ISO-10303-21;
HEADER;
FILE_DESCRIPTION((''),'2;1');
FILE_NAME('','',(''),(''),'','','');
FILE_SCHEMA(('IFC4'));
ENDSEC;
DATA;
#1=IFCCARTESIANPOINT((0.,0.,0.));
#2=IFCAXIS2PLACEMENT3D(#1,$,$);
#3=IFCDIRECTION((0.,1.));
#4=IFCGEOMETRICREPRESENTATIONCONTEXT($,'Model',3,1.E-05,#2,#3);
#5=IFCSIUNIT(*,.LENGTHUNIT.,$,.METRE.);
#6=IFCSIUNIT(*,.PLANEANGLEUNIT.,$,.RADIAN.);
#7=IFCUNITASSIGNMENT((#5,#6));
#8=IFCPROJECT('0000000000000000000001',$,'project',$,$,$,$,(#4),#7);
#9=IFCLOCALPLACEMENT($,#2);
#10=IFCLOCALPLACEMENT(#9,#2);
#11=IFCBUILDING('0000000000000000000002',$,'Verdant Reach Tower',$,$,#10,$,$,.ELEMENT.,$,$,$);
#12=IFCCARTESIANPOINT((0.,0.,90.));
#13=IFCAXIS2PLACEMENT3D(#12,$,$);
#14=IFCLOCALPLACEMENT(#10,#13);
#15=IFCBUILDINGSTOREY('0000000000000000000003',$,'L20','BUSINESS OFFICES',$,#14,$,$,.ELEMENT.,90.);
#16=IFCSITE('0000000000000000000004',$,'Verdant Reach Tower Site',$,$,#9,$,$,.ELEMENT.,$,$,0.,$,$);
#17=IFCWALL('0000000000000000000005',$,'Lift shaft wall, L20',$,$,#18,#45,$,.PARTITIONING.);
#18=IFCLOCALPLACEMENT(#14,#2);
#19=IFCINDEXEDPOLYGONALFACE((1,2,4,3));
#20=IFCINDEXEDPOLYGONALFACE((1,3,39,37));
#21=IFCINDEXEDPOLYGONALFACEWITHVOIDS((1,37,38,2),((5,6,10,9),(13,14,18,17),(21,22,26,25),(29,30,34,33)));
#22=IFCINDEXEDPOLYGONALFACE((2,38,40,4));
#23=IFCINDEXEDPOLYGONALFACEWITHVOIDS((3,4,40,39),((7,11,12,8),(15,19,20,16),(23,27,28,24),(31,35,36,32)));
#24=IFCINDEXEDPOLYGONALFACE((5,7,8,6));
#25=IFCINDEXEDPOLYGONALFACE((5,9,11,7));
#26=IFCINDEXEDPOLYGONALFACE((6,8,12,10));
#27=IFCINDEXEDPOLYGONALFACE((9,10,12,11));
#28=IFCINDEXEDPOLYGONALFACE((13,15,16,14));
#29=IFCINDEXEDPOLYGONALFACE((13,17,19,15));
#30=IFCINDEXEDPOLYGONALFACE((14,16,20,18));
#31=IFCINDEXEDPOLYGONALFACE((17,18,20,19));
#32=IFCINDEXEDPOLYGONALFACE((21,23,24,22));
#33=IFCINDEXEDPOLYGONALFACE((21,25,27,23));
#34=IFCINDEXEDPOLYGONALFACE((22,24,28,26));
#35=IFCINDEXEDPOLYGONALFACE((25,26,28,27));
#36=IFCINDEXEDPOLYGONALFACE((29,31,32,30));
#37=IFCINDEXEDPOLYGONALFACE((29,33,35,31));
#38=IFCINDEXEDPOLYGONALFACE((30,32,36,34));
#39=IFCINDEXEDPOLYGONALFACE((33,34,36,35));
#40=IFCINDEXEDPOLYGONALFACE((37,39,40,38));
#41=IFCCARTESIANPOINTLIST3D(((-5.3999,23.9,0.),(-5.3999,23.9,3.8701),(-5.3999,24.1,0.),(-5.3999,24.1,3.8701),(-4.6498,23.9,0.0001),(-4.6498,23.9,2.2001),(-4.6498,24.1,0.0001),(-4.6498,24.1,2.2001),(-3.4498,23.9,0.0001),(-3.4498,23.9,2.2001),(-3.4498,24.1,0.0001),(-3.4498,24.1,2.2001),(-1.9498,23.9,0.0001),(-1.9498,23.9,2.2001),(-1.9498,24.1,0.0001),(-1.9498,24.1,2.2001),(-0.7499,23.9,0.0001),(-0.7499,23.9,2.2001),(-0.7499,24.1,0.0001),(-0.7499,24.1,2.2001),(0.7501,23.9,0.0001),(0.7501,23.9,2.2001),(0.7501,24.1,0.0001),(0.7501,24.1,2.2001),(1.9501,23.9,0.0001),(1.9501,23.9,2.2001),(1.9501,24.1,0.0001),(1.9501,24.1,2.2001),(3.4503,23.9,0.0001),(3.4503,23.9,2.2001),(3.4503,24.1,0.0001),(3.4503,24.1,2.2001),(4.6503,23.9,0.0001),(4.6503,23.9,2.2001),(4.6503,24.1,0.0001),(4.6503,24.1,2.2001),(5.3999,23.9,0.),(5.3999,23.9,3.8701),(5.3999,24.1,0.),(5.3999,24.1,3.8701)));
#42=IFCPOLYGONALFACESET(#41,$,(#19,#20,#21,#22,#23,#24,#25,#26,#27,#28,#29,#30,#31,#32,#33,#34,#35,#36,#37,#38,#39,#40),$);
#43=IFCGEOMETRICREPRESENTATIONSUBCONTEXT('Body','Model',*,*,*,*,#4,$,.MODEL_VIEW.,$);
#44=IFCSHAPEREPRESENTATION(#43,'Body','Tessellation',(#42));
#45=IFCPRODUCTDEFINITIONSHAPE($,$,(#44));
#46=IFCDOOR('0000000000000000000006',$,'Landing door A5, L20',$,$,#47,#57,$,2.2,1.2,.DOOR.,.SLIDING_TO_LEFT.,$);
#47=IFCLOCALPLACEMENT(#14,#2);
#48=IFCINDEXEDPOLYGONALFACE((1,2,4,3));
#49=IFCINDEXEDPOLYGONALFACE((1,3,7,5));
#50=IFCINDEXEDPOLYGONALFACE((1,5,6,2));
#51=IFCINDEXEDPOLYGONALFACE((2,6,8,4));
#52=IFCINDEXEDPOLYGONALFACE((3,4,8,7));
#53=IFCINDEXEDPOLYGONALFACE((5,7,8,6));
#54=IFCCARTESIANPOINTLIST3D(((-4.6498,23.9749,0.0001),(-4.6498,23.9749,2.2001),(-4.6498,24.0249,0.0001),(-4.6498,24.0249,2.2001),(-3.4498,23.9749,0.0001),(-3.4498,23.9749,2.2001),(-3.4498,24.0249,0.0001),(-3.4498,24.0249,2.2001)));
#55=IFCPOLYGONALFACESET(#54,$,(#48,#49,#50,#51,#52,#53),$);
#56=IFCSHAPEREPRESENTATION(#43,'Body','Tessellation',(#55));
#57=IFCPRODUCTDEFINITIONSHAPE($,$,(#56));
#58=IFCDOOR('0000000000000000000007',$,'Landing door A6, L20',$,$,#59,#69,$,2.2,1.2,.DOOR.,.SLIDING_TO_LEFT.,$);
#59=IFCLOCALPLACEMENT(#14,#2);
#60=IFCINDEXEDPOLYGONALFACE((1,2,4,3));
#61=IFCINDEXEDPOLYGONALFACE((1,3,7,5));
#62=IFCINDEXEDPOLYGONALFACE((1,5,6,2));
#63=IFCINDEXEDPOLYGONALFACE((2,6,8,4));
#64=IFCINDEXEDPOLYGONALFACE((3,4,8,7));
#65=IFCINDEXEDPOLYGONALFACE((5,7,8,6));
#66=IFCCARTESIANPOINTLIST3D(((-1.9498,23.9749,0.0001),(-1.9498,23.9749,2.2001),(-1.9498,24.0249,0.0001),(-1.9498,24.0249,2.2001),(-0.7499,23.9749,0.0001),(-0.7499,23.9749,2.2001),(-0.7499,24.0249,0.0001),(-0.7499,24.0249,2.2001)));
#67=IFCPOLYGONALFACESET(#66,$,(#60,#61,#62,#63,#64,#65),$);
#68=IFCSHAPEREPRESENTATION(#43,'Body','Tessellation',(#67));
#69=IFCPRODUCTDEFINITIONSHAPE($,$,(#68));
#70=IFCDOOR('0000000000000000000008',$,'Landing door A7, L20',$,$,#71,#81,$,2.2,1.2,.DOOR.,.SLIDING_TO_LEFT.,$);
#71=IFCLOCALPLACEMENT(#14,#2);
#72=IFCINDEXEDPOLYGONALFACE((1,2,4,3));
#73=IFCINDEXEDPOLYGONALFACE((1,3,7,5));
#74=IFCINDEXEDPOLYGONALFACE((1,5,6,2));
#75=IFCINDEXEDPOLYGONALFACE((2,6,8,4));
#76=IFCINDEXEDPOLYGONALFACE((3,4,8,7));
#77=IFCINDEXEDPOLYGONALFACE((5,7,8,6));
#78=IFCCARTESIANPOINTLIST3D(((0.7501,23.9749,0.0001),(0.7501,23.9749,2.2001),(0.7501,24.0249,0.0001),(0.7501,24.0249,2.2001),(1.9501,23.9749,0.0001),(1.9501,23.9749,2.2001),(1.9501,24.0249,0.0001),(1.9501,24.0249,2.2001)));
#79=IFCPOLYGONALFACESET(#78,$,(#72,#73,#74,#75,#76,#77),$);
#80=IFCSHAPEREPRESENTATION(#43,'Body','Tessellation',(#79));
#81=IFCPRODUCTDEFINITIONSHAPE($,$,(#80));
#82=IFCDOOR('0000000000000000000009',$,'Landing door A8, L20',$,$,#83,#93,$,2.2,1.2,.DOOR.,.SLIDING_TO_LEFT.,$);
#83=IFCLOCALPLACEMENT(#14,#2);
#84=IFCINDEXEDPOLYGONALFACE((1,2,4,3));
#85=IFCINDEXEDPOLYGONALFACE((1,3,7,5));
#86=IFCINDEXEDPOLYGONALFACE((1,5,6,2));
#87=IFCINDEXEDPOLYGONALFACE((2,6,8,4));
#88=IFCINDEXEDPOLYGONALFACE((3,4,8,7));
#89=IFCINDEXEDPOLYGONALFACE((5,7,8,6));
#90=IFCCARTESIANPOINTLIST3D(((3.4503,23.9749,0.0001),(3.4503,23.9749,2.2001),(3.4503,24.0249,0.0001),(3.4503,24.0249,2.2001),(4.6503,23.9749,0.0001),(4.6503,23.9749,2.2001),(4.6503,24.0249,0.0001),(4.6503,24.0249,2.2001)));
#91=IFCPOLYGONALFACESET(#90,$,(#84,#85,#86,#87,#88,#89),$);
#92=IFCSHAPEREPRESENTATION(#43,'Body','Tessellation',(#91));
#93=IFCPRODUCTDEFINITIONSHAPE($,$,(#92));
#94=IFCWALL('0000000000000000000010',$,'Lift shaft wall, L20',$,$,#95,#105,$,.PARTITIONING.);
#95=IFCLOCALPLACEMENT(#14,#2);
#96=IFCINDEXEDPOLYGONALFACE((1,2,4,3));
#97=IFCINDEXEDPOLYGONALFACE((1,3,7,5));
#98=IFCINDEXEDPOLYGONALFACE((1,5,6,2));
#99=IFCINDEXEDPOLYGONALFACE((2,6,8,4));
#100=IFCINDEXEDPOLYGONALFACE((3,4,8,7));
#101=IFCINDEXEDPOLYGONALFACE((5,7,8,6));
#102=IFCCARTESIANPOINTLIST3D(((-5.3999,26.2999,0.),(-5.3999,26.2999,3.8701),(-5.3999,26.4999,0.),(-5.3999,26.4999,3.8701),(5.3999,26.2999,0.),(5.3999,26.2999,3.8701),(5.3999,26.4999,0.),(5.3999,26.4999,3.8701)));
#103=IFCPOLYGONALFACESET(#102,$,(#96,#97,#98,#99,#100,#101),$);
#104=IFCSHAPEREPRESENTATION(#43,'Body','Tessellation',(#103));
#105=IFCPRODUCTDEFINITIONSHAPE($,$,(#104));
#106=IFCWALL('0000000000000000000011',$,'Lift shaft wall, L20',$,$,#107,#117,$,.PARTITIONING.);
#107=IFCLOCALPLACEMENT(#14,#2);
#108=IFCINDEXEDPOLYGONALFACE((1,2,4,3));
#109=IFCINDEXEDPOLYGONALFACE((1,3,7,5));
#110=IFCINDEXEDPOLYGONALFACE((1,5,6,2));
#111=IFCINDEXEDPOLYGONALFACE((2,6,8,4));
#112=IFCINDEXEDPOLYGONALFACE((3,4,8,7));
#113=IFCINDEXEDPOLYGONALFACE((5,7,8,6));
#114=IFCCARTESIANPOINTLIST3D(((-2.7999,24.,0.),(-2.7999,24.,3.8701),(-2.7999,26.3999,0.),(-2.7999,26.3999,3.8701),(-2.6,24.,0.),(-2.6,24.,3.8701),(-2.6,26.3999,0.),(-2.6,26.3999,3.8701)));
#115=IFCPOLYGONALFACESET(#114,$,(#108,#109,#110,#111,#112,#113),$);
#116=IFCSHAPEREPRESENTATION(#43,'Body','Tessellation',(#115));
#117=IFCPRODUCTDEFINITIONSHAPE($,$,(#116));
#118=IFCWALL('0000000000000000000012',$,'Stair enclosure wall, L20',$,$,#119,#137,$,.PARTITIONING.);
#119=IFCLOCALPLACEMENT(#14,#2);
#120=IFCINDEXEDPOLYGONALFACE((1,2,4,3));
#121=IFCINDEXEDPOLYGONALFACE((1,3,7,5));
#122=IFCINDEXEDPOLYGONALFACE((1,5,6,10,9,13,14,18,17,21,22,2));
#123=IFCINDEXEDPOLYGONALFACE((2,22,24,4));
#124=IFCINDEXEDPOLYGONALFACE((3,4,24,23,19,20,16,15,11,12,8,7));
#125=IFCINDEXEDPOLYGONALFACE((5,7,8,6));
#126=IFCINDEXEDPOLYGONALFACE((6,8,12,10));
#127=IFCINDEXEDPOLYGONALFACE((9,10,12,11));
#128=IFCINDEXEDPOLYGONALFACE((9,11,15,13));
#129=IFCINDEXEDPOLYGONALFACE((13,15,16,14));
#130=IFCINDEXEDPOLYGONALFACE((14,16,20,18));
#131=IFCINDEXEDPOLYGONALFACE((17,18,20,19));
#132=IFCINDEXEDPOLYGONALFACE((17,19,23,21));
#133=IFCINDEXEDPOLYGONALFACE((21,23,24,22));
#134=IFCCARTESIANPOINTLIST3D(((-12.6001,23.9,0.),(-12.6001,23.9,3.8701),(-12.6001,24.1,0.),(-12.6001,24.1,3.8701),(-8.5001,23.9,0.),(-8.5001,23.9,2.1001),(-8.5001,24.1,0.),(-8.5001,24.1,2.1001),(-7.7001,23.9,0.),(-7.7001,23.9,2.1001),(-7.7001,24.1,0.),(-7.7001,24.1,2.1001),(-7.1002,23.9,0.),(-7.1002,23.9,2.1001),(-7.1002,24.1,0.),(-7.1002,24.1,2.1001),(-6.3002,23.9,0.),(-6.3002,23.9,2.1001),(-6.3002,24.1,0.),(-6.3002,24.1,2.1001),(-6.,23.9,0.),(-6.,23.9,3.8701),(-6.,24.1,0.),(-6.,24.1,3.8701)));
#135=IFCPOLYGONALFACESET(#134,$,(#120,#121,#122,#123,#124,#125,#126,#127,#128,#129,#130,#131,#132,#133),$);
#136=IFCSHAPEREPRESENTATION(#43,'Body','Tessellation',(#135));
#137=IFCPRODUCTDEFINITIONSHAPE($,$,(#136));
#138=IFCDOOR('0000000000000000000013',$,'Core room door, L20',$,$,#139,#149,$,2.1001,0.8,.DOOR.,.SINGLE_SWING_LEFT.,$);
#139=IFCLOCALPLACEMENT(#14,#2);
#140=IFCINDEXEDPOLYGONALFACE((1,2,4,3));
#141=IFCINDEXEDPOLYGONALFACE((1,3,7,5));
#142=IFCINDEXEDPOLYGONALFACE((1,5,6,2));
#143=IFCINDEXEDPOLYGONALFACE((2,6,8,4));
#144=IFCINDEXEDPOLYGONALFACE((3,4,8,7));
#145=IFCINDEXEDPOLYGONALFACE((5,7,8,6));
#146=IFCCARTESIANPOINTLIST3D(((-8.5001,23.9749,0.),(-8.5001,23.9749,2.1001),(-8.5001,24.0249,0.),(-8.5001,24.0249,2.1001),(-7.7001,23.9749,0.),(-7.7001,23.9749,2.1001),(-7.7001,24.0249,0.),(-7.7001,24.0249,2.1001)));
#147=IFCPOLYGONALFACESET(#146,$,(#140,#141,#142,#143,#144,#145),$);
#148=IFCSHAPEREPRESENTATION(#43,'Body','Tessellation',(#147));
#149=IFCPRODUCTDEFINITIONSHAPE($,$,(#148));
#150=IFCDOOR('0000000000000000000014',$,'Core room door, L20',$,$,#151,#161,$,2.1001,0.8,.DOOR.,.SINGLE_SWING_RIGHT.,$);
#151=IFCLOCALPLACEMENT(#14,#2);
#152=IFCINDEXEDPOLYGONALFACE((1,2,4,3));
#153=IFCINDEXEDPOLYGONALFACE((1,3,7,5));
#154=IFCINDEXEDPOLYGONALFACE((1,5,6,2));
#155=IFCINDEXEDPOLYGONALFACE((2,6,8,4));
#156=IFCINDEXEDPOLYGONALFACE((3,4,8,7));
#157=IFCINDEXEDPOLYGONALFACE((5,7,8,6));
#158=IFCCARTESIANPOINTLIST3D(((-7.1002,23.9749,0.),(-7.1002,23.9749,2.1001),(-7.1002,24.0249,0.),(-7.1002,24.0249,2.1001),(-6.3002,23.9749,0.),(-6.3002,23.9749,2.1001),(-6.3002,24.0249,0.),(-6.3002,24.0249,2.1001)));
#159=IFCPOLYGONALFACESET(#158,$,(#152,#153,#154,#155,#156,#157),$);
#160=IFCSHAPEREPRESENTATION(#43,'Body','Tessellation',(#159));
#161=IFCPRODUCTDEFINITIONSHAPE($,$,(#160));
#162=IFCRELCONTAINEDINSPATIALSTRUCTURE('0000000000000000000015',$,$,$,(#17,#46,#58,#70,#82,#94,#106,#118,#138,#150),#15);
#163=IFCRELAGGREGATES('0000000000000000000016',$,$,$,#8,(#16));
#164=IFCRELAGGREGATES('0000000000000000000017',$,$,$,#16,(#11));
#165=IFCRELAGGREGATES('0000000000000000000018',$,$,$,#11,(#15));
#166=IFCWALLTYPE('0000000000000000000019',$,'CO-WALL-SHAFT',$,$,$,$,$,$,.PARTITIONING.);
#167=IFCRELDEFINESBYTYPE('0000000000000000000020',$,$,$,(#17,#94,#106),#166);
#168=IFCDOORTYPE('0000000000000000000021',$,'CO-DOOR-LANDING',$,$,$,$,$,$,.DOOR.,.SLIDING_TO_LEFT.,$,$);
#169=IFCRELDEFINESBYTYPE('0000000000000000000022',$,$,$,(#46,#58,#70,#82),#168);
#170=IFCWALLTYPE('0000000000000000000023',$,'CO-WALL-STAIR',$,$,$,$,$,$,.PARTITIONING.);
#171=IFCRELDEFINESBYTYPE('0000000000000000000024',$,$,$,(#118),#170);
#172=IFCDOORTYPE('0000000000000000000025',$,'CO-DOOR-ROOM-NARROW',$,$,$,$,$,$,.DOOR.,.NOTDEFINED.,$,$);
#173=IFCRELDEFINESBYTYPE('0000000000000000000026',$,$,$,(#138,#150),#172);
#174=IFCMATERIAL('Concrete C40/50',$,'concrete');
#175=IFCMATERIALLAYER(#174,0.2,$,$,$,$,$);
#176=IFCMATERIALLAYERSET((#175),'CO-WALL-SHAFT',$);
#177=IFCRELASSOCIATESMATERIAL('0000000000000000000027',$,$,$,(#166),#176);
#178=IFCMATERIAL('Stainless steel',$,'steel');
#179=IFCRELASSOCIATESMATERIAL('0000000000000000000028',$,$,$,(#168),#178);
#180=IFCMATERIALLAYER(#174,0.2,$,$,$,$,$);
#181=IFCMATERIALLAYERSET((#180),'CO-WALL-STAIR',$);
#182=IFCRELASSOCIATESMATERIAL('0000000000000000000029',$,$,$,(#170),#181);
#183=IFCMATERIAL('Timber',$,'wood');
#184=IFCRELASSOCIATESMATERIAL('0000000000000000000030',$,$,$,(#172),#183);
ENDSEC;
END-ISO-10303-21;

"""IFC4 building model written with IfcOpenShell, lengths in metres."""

from ifc_helpers import new_model, si_unit, direction, frame, frame_2d, origin, place, context, subcontext, project, spatial, rectangle, extrude, material, layer, layer_set, type_object, element, fill, save


model = new_model("IFC4")

# Units and contexts
model_context = context("Model", 3, precision=1e-05, world=origin(), true_north=direction((0.0, 1.0)))
body_context = subcontext(model_context, "Body", "Model", "MODEL_VIEW")
ifc_project = project(units=[si_unit("LENGTHUNIT", "METRE"), si_unit("PLANEANGLEUNIT", "RADIAN")], contexts=[model_context])

# Site, building, storey
site_placement = place(None, origin())
site = spatial("IfcSite", under=ifc_project, at=site_placement, Name="Verdant Reach Tower Site", CompositionType="ELEMENT", RefElevation=0.0)
building_placement = place(site_placement, origin())
building = spatial("IfcBuilding", under=site, at=building_placement, Name="Verdant Reach Tower", CompositionType="ELEMENT")
storey_placement = place(building_placement, frame((0.0, 0.0, 90.0)))
storey = spatial("IfcBuildingStorey", under=building, at=storey_placement, Name="L20", Description="BUSINESS OFFICES", CompositionType="ELEMENT", Elevation=90.0)

# Shared definitions
ifc_material_1 = material(Name="Timber", Category="wood")

# Wall, openings, doors
ifc_material_2 = material(Name="Concrete C40/50", Category="concrete")
ifc_layer_1 = layer(ifc_material_2, 0.2)
ifc_layer_set_1 = layer_set([ifc_layer_1], Name="CO-WALL-SHAFT")
wall_type_1 = type_object("IfcWallType", Name="CO-WALL-SHAFT", PredefinedType="PARTITIONING", material=ifc_layer_set_1)
ifc_material_3 = material(Name="Stainless steel", Category="steel")
door_type_1 = type_object("IfcDoorType", Name="CO-DOOR-LANDING", OperationType="SLIDING_TO_LEFT", PredefinedType="DOOR", material=ifc_material_3)
wall_1_placement = place(storey_placement, frame((-5.3999, 24.0, 0.0), z_axis=(0.0, 0.0, 1.0), x_axis=(1.0, 0.0, 0.0)))
wall_1 = element("IfcWall", 1, at=wall_1_placement, inside=storey, type_object=wall_type_1, Name="Lift shaft wall, L20", PredefinedType="PARTITIONING", context=body_context, shape_type="SweptSolid", body=[
    extrude(rectangle(XDim=10.7998, YDim=0.2, at=frame_2d((5.3999, 0.0))), origin(), (0.0, 0.0, 1.0), 3.8701),
])
opening_1_placement = place(wall_1_placement, frame((0.75, 0.0, 0.0)))
opening_1 = element("IfcOpeningElement", 2, at=opening_1_placement, cuts=wall_1, PredefinedType="OPENING", context=body_context, shape_type="SweptSolid", body=[
    extrude(rectangle(XDim=1.2, YDim=2.2, at=frame_2d((0.6001, 1.1001))), frame((0.0, 0.1099, 0.0), z_axis=(0.0, -1.0, 0.0), x_axis=(1.0, 0.0, 0.0)), (0.0, 0.0, 1.0), 0.22),
])
opening_2_placement = place(wall_1_placement, frame((3.45, 0.0, 0.0)))
opening_2 = element("IfcOpeningElement", 3, at=opening_2_placement, cuts=wall_1, PredefinedType="OPENING", context=body_context, shape_type="SweptSolid", body=[
    extrude(rectangle(XDim=1.2, YDim=2.2, at=frame_2d((0.6001, 1.1001))), frame((0.0, 0.1099, 0.0), z_axis=(0.0, -1.0, 0.0), x_axis=(1.0, 0.0, 0.0)), (0.0, 0.0, 1.0), 0.22),
])
opening_3_placement = place(wall_1_placement, frame((6.1499, 0.0, 0.0)))
opening_3 = element("IfcOpeningElement", 4, at=opening_3_placement, cuts=wall_1, PredefinedType="OPENING", context=body_context, shape_type="SweptSolid", body=[
    extrude(rectangle(XDim=1.2, YDim=2.2, at=frame_2d((0.6001, 1.1001))), frame((0.0, 0.1099, 0.0), z_axis=(0.0, -1.0, 0.0), x_axis=(1.0, 0.0, 0.0)), (0.0, 0.0, 1.0), 0.22),
])
opening_4_placement = place(wall_1_placement, frame((8.8501, 0.0, 0.0)))
opening_4 = element("IfcOpeningElement", 5, at=opening_4_placement, cuts=wall_1, PredefinedType="OPENING", context=body_context, shape_type="SweptSolid", body=[
    extrude(rectangle(XDim=1.2, YDim=2.2, at=frame_2d((0.6001, 1.1001))), frame((0.0, 0.1099, 0.0), z_axis=(0.0, -1.0, 0.0), x_axis=(1.0, 0.0, 0.0)), (0.0, 0.0, 1.0), 0.22),
])
door_1_placement = place(opening_1_placement, origin())
door_1 = element("IfcDoor", 6, at=door_1_placement, inside=storey, type_object=door_type_1, Name="Landing door A5, L20", OperationType="SLIDING_TO_LEFT", OverallHeight=2.2, OverallWidth=1.2, PredefinedType="DOOR", context=body_context, shape_type="SweptSolid", body=[
    extrude(rectangle(XDim=1.2, YDim=2.2, at=frame_2d((0.6001, 1.1001))), frame((0.0, 0.0249, 0.0), z_axis=(0.0, -1.0, 0.0), x_axis=(1.0, 0.0, 0.0)), (0.0, 0.0, 1.0), 0.05),
])
fill(opening_1, door_1)
door_2_placement = place(opening_2_placement, origin())
door_2 = element("IfcDoor", 7, at=door_2_placement, inside=storey, type_object=door_type_1, Name="Landing door A6, L20", OperationType="SLIDING_TO_LEFT", OverallHeight=2.2, OverallWidth=1.2, PredefinedType="DOOR", context=body_context, shape_type="SweptSolid", body=[
    extrude(rectangle(XDim=1.2, YDim=2.2, at=frame_2d((0.6001, 1.1001))), frame((0.0, 0.0249, 0.0), z_axis=(0.0, -1.0, 0.0), x_axis=(1.0, 0.0, 0.0)), (0.0, 0.0, 1.0), 0.05),
])
fill(opening_2, door_2)
door_3_placement = place(opening_3_placement, origin())
door_3 = element("IfcDoor", 8, at=door_3_placement, inside=storey, type_object=door_type_1, Name="Landing door A7, L20", OperationType="SLIDING_TO_LEFT", OverallHeight=2.2, OverallWidth=1.2, PredefinedType="DOOR", context=body_context, shape_type="SweptSolid", body=[
    extrude(rectangle(XDim=1.2, YDim=2.2, at=frame_2d((0.6001, 1.1001))), frame((0.0, 0.0249, 0.0), z_axis=(0.0, -1.0, 0.0), x_axis=(1.0, 0.0, 0.0)), (0.0, 0.0, 1.0), 0.05),
])
fill(opening_3, door_3)
door_4_placement = place(opening_4_placement, origin())
door_4 = element("IfcDoor", 9, at=door_4_placement, inside=storey, type_object=door_type_1, Name="Landing door A8, L20", OperationType="SLIDING_TO_LEFT", OverallHeight=2.2, OverallWidth=1.2, PredefinedType="DOOR", context=body_context, shape_type="SweptSolid", body=[
    extrude(rectangle(XDim=1.2, YDim=2.2, at=frame_2d((0.6001, 1.1001))), frame((0.0, 0.0249, 0.0), z_axis=(0.0, -1.0, 0.0), x_axis=(1.0, 0.0, 0.0)), (0.0, 0.0, 1.0), 0.05),
])
fill(opening_4, door_4)

# Walls
wall_2_placement = place(storey_placement, frame((-5.3999, 26.3999, 0.0), z_axis=(0.0, 0.0, 1.0), x_axis=(1.0, 0.0, 0.0)))
element("IfcWall", 10, at=wall_2_placement, inside=storey, type_object=wall_type_1, Name="Lift shaft wall, L20", PredefinedType="PARTITIONING", context=body_context, shape_type="SweptSolid", body=[
    extrude(rectangle(XDim=10.7998, YDim=0.2, at=frame_2d((5.3999, 0.0))), origin(), (0.0, 0.0, 1.0), 3.8701),
])
wall_3_placement = place(storey_placement, frame((-2.7, 24.0, 0.0), z_axis=(0.0, 0.0, 1.0), x_axis=(0.0, 1.0, 0.0)))
element("IfcWall", 11, at=wall_3_placement, inside=storey, type_object=wall_type_1, Name="Lift shaft wall, L20", PredefinedType="PARTITIONING", context=body_context, shape_type="SweptSolid", body=[
    extrude(rectangle(XDim=2.3999, YDim=0.2, at=frame_2d((1.2, 0.0))), origin(), (0.0, 0.0, 1.0), 3.8701),
])

# Wall, openings, doors
ifc_layer_2 = layer(ifc_material_2, 0.2)
ifc_layer_set_2 = layer_set([ifc_layer_2], Name="CO-WALL-STAIR")
wall_type_2 = type_object("IfcWallType", Name="CO-WALL-STAIR", PredefinedType="PARTITIONING", material=ifc_layer_set_2)
wall_4_placement = place(storey_placement, frame((-12.6001, 24.0, 0.0), z_axis=(0.0, 0.0, 1.0), x_axis=(1.0, 0.0, 0.0)))
wall_4 = element("IfcWall", 12, at=wall_4_placement, inside=storey, type_object=wall_type_2, Name="Stair enclosure wall, L20", PredefinedType="PARTITIONING", context=body_context, shape_type="SweptSolid", body=[
    extrude(rectangle(XDim=6.6001, YDim=0.2, at=frame_2d((3.3, 0.0))), origin(), (0.0, 0.0, 1.0), 3.8701),
])
opening_5_placement = place(wall_4_placement, frame((4.1001, 0.0, 0.0)))
opening_5 = element("IfcOpeningElement", 13, at=opening_5_placement, cuts=wall_4, PredefinedType="OPENING", context=body_context, shape_type="SweptSolid", body=[
    extrude(rectangle(XDim=0.8, YDim=2.1001, at=frame_2d((0.3999, 1.05))), frame((0.0, 0.1099, 0.0), z_axis=(0.0, -1.0, 0.0), x_axis=(1.0, 0.0, 0.0)), (0.0, 0.0, 1.0), 0.22),
])
opening_6_placement = place(wall_4_placement, frame((5.5, 0.0, 0.0)))
opening_6 = element("IfcOpeningElement", 14, at=opening_6_placement, cuts=wall_4, PredefinedType="OPENING", context=body_context, shape_type="SweptSolid", body=[
    extrude(rectangle(XDim=0.8, YDim=2.1001, at=frame_2d((0.3999, 1.05))), frame((0.0, 0.1099, 0.0), z_axis=(0.0, -1.0, 0.0), x_axis=(1.0, 0.0, 0.0)), (0.0, 0.0, 1.0), 0.22),
])
door_type_2 = type_object("IfcDoorType", Name="CO-DOOR-ROOM-NARROW", OperationType="NOTDEFINED", PredefinedType="DOOR", material=ifc_material_1)
door_5_placement = place(opening_5_placement, origin())
door_5 = element("IfcDoor", 15, at=door_5_placement, inside=storey, type_object=door_type_2, Name="Core room door, L20", OperationType="SINGLE_SWING_LEFT", OverallHeight=2.1001, OverallWidth=0.8, PredefinedType="DOOR", context=body_context, shape_type="SweptSolid", body=[
    extrude(rectangle(XDim=0.8, YDim=2.1001, at=frame_2d((0.3999, 1.05))), frame((0.0, 0.0249, 0.0), z_axis=(0.0, -1.0, 0.0), x_axis=(1.0, 0.0, 0.0)), (0.0, 0.0, 1.0), 0.05),
])
fill(opening_5, door_5)
door_6_placement = place(opening_6_placement, origin())
door_6 = element("IfcDoor", 16, at=door_6_placement, inside=storey, type_object=door_type_2, Name="Core room door, L20", OperationType="SINGLE_SWING_RIGHT", OverallHeight=2.1001, OverallWidth=0.8, PredefinedType="DOOR", context=body_context, shape_type="SweptSolid", body=[
    extrude(rectangle(XDim=0.8, YDim=2.1001, at=frame_2d((0.3999, 1.05))), frame((0.0, 0.0249, 0.0), z_axis=(0.0, -1.0, 0.0), x_axis=(1.0, 0.0, 0.0)), (0.0, 0.0, 1.0), 0.05),
])
fill(opening_6, door_6)

save(model, "model.ifc")
